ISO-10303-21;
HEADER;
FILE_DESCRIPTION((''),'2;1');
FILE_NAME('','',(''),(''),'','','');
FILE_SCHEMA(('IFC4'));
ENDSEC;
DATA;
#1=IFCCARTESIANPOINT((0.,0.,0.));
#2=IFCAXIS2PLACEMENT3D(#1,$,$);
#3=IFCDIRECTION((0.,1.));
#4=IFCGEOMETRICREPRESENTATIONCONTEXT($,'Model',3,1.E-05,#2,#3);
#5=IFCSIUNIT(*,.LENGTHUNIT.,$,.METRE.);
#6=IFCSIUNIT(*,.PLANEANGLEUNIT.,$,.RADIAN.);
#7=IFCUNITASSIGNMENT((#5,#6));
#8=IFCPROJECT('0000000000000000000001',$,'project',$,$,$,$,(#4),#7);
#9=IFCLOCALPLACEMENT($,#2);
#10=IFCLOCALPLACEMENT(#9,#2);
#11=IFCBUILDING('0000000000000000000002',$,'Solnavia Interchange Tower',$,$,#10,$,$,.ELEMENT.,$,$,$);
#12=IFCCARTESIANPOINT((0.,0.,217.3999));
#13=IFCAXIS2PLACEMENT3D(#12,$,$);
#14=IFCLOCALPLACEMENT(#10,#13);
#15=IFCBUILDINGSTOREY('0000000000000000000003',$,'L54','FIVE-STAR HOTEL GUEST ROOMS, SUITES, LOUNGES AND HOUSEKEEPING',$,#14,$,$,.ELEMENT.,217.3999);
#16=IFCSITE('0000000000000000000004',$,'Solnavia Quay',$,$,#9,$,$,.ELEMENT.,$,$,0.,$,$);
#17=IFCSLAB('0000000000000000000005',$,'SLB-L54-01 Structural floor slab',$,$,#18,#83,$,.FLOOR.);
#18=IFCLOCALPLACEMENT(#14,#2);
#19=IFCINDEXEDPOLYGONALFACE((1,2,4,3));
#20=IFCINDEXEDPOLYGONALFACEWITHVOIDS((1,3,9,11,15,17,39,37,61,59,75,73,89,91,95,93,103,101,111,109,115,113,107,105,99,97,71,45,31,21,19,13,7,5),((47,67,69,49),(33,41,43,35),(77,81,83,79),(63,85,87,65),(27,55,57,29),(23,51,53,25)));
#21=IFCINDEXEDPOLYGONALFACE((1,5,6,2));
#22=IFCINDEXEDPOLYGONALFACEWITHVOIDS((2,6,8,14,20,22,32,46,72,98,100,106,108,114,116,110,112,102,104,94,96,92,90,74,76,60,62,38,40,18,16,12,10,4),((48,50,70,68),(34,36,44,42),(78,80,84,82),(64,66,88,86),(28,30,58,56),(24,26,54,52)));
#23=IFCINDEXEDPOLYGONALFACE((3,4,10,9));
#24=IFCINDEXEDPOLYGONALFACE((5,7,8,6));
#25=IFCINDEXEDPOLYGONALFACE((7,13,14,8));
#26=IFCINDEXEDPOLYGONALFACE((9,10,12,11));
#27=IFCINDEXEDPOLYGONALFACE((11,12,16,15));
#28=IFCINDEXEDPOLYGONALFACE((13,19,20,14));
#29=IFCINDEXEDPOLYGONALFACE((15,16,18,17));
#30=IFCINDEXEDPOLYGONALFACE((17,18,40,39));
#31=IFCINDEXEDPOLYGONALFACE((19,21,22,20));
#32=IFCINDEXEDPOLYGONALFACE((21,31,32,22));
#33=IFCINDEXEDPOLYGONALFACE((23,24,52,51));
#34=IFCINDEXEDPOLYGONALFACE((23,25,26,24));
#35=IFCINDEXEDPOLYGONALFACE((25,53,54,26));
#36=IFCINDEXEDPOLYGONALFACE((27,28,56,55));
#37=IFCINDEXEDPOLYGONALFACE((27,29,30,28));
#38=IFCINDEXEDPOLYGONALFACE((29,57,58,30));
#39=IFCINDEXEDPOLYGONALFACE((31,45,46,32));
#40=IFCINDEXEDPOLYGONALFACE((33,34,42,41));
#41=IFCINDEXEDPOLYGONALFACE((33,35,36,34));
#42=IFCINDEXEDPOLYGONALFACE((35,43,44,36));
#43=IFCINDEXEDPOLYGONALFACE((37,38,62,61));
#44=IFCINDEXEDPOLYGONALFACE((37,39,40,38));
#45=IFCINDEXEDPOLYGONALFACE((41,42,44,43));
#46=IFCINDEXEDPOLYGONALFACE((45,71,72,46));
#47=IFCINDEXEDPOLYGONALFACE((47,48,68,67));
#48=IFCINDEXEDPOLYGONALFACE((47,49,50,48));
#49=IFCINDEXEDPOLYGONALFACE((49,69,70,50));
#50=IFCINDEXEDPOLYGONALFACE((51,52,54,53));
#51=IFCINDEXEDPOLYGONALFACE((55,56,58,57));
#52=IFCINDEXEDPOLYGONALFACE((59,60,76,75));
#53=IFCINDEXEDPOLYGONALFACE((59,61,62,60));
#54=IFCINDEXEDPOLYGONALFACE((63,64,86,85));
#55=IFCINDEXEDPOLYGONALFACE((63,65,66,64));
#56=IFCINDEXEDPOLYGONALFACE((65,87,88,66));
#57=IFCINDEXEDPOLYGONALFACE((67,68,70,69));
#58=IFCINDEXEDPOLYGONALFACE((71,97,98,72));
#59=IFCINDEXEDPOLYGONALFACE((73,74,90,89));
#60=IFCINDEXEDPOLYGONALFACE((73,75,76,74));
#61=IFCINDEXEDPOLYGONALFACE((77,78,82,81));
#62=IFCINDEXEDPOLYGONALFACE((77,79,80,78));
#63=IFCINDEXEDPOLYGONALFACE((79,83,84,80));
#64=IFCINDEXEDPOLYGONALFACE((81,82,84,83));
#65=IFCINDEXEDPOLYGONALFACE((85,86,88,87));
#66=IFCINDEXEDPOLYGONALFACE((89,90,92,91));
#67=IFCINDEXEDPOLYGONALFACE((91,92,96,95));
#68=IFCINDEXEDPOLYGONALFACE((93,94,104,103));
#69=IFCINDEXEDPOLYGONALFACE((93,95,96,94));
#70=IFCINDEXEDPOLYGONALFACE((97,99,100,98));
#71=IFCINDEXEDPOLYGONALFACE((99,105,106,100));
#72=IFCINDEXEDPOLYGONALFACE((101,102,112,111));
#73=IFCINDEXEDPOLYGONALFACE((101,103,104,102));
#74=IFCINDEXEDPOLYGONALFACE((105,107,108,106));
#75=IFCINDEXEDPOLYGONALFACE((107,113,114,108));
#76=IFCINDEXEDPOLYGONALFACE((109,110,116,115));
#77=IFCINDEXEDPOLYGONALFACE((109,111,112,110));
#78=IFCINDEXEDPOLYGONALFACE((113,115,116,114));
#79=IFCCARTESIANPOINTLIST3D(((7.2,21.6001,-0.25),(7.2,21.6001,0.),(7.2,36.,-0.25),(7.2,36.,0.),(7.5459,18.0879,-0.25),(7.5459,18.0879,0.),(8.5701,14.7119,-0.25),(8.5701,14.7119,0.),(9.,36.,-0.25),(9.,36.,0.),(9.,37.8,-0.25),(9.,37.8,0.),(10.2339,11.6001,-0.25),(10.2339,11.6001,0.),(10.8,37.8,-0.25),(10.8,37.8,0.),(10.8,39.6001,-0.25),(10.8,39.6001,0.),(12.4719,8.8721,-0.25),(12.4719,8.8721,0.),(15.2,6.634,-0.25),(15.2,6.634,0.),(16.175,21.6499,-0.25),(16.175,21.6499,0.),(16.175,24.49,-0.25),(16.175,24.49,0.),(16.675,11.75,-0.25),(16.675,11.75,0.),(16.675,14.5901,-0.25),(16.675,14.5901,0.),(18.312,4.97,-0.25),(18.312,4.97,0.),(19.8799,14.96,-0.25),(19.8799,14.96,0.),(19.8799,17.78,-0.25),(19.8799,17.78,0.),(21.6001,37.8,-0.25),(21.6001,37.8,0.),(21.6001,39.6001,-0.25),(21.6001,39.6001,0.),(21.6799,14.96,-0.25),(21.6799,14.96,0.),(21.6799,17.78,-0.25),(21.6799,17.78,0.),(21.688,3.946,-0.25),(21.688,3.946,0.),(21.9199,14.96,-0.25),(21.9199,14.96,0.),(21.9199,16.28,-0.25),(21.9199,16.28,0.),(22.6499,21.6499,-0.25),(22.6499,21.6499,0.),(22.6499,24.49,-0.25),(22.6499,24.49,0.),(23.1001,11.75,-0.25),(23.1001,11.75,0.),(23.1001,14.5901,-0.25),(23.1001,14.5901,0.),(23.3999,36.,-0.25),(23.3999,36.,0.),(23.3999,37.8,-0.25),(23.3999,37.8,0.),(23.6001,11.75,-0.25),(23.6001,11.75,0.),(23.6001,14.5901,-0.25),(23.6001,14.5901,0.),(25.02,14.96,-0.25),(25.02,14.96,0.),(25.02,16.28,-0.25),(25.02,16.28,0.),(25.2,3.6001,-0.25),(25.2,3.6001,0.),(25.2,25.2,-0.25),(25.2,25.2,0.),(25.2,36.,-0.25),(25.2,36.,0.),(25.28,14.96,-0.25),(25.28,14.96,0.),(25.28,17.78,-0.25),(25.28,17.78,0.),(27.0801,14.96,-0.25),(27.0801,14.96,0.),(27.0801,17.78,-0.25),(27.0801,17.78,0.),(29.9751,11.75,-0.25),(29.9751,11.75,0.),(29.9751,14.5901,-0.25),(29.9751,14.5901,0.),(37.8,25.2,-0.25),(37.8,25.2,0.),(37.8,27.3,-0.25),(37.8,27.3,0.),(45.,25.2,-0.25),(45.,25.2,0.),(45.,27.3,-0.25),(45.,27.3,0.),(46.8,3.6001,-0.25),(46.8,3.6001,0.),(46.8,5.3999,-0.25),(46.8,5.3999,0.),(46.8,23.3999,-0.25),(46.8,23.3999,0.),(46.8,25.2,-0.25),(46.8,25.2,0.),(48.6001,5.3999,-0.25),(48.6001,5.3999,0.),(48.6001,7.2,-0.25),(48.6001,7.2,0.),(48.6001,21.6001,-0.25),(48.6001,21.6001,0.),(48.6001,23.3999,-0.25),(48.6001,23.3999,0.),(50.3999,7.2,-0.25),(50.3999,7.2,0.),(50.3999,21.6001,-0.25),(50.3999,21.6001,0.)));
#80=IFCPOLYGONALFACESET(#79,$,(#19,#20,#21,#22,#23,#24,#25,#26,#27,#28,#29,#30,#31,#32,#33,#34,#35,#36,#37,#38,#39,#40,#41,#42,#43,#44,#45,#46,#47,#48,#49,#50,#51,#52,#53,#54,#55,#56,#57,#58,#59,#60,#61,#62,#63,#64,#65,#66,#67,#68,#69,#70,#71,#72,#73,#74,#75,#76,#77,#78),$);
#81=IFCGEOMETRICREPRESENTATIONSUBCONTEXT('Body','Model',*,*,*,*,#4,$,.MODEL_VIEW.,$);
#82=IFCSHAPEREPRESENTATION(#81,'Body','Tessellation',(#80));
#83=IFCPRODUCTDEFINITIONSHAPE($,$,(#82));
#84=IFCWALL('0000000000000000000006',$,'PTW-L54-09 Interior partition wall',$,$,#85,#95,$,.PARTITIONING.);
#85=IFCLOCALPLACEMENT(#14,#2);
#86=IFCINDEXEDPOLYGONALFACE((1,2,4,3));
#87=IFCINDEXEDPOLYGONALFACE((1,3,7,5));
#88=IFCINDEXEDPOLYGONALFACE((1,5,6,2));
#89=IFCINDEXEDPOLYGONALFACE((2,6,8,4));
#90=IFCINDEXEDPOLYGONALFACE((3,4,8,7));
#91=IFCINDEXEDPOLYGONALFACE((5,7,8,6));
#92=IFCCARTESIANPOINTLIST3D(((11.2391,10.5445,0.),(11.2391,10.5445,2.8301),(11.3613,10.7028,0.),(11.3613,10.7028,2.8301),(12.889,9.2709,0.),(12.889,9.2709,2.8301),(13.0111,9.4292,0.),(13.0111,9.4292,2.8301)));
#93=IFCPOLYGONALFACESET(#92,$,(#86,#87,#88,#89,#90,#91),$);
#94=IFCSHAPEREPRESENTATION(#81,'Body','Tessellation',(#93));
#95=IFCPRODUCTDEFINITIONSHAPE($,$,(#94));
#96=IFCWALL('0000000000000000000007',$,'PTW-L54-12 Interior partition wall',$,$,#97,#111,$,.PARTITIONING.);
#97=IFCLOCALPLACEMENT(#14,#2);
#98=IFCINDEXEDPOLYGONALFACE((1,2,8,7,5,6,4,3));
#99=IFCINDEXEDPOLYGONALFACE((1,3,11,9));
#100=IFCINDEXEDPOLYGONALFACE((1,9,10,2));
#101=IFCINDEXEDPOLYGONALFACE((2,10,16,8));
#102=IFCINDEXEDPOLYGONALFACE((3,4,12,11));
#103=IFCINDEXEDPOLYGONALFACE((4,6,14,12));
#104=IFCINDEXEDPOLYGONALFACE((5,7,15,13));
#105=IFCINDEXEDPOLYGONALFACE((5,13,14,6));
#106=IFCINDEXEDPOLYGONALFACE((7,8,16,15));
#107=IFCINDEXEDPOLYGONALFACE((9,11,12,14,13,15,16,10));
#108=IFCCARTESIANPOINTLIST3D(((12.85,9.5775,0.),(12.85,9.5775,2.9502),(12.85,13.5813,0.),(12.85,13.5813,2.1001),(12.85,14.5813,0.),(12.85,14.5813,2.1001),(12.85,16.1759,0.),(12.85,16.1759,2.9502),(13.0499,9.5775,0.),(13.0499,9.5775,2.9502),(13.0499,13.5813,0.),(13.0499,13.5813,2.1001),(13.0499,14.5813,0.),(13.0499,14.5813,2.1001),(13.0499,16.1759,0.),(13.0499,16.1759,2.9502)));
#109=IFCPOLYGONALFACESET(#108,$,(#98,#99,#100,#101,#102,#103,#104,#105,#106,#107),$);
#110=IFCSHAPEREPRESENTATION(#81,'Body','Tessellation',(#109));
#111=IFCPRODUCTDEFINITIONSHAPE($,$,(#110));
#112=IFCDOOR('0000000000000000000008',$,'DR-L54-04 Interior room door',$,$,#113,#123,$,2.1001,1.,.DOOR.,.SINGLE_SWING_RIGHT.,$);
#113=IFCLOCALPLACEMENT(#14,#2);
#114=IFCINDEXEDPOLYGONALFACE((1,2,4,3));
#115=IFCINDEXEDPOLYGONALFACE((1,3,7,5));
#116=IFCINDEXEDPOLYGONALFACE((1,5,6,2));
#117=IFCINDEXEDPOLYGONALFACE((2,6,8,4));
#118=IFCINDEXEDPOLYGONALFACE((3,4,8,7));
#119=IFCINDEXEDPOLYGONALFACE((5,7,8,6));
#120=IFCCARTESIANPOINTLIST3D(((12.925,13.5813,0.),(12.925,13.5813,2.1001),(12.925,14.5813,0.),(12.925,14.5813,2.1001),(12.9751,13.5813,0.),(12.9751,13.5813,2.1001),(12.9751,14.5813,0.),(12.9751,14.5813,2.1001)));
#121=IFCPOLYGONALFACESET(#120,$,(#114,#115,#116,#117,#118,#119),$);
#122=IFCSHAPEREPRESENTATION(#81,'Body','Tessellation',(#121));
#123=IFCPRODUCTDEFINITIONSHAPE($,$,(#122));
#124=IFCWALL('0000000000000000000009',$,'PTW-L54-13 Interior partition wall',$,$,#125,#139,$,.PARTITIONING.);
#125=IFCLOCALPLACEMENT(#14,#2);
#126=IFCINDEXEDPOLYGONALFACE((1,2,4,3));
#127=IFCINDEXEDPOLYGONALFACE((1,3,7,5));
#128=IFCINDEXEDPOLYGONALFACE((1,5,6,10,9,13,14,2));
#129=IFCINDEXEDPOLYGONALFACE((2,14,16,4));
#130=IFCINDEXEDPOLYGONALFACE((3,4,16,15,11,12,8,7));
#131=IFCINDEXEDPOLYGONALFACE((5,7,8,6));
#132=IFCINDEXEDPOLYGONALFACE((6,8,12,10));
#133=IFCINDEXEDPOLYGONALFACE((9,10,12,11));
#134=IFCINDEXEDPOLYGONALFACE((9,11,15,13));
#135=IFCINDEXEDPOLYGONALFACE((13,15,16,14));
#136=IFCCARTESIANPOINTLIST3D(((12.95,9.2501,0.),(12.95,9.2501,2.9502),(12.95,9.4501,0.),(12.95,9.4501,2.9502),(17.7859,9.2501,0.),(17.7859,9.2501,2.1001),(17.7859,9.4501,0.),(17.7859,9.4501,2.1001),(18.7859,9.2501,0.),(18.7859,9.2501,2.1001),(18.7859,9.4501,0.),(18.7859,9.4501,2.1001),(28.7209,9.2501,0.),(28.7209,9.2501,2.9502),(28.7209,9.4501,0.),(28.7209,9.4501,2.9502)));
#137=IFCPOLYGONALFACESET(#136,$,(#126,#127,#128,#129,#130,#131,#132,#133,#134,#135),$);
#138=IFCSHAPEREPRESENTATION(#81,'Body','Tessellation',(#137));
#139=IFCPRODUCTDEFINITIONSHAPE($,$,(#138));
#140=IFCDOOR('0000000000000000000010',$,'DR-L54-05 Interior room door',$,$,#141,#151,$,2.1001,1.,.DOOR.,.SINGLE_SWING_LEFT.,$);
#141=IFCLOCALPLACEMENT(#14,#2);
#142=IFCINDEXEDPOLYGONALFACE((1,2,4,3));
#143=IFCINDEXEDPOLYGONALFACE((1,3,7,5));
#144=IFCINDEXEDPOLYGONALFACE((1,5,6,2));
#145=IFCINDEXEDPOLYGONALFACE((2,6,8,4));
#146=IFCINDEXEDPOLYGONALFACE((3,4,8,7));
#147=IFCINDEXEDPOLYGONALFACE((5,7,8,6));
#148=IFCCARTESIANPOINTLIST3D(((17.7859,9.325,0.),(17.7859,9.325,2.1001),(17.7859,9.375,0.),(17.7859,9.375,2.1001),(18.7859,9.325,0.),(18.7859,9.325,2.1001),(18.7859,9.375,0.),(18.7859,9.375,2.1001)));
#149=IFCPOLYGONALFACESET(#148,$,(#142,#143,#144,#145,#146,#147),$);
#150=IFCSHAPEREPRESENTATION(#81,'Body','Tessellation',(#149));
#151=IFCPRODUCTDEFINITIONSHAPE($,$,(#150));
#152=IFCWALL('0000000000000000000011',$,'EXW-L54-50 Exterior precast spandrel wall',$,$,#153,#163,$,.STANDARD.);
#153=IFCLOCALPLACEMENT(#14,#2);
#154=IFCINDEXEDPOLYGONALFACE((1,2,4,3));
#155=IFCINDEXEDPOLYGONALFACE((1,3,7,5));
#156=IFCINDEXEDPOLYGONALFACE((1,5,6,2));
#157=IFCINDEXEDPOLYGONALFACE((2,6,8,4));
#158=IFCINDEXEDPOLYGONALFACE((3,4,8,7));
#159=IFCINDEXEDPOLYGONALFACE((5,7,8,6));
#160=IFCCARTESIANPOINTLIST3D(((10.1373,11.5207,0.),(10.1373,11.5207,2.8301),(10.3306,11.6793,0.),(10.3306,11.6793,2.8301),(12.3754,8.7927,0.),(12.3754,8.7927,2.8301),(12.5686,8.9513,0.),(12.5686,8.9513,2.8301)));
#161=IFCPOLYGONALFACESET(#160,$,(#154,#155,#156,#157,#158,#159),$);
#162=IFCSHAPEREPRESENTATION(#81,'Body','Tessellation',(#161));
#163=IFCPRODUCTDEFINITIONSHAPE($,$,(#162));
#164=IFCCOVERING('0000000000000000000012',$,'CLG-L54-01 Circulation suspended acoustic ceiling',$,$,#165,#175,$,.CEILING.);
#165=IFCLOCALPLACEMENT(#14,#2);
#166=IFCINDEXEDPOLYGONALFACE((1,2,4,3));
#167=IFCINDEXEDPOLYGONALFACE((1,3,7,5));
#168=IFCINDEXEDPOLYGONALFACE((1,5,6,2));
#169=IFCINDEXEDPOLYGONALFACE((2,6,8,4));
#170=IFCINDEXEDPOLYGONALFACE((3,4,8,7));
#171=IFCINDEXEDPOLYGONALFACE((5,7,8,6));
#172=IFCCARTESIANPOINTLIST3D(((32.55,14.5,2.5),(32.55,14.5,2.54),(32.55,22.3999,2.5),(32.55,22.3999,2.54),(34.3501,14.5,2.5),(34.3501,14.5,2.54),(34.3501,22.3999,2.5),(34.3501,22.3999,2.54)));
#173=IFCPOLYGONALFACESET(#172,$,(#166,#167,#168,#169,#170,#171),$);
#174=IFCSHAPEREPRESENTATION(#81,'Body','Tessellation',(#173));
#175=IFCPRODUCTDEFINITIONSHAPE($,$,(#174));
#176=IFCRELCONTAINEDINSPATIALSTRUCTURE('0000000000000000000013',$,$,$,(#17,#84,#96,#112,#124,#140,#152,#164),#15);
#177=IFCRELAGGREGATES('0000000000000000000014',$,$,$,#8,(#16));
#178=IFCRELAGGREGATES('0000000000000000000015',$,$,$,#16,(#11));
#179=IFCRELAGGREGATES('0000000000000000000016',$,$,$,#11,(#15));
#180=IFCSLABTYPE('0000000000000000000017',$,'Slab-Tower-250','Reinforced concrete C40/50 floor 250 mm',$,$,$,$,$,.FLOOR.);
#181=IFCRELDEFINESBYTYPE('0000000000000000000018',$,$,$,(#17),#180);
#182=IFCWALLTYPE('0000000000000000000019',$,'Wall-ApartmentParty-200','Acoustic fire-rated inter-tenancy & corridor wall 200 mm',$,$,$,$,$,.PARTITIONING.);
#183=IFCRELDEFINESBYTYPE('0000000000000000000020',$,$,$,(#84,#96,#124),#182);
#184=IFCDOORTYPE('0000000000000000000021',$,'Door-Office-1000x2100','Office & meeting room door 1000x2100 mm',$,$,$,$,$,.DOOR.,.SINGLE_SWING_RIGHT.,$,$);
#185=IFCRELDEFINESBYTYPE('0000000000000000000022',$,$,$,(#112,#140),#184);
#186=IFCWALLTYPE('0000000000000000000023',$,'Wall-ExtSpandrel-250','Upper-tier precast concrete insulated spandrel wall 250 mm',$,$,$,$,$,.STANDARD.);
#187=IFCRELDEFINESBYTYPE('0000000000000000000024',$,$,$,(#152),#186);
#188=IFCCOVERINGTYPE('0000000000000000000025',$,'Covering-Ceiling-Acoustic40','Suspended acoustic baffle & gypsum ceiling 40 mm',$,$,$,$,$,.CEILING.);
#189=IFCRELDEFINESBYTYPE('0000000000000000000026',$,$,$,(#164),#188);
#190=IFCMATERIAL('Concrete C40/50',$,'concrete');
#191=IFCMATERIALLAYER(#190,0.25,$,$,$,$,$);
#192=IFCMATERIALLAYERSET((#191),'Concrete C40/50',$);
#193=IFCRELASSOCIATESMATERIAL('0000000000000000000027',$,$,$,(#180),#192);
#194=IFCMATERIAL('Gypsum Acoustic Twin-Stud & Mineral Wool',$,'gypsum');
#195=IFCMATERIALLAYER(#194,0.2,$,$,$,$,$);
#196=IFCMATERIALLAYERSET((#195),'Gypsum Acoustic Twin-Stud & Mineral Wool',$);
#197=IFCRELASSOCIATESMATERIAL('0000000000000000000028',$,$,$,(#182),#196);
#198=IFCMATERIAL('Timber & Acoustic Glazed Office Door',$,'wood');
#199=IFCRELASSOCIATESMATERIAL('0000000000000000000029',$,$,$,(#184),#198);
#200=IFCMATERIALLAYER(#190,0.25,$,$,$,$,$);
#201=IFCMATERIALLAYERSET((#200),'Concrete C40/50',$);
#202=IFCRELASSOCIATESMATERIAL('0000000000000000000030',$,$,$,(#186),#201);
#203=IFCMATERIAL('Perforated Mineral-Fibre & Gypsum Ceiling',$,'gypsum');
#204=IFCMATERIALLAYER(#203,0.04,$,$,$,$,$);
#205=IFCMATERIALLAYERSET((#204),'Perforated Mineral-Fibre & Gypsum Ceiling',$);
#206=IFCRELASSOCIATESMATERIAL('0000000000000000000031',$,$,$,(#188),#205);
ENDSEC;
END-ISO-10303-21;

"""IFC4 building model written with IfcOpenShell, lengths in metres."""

from ifc_helpers import new_model, si_unit, direction, frame, frame_2d, origin, place, context, subcontext, project, spatial, polyline, rectangle, outline, extrude, material, layer, layer_set, type_object, element, fill, save


model = new_model("IFC4")

# Units and contexts
model_context = context("Model", 3, precision=1e-05, world=origin(), true_north=direction((0.0, 1.0)))
body_context = subcontext(model_context, "Body", "Model", "MODEL_VIEW")
ifc_project = project(units=[si_unit("LENGTHUNIT", "METRE"), si_unit("PLANEANGLEUNIT", "RADIAN")], contexts=[model_context])

# Site, building, storey
site_placement = place(None, origin())
site = spatial("IfcSite", under=ifc_project, at=site_placement, Name="Solnavia Quay", CompositionType="ELEMENT", RefElevation=0.0)
building_placement = place(site_placement, origin())
building = spatial("IfcBuilding", under=site, at=building_placement, Name="Solnavia Interchange Tower", CompositionType="ELEMENT")
storey_placement = place(building_placement, frame((0.0, 0.0, 217.3999)))
storey = spatial("IfcBuildingStorey", under=building, at=storey_placement, Name="L54", Description="FIVE-STAR HOTEL GUEST ROOMS, SUITES, LOUNGES AND HOUSEKEEPING", CompositionType="ELEMENT", Elevation=217.3999)

# Shared definitions
ifc_material_1 = material(Name="Concrete C40/50", Category="concrete")

# Slab
ifc_layer_1 = layer(ifc_material_1, 0.25)
ifc_layer_set_1 = layer_set([ifc_layer_1], Name="Concrete C40/50")
slab_type_1 = type_object("IfcSlabType", Name="Slab-Tower-250", Description="Reinforced concrete C40/50 floor 250 mm", PredefinedType="FLOOR", material=ifc_layer_set_1)
slab_1_placement = place(storey_placement, frame((0.0, 0.0, -0.25)))
element("IfcSlab", 1, at=slab_1_placement, inside=storey, type_object=slab_type_1, Name="SLB-L54-01 Structural floor slab", PredefinedType="FLOOR", context=body_context, shape_type="SweptSolid", body=[
    extrude(outline(polyline([(25.2, 3.6001), (46.8, 3.6001), (46.8, 5.3999), (48.6001, 5.3999), (48.6001, 7.2), (50.3999, 7.2), (50.3999, 21.6001), (48.6001, 21.6001), (48.6001, 23.3999), (46.8, 23.3999), (46.8, 25.2), (45.0, 25.2), (45.0, 27.3), (37.8, 27.3), (37.8, 25.2), (25.2, 25.2), (25.2, 36.0), (23.3999, 36.0), (23.3999, 37.8), (21.6001, 37.8), (21.6001, 39.6001), (10.8, 39.6001), (10.8, 37.8), (9.0, 37.8), (9.0, 36.0), (7.2, 36.0), (7.2, 21.6001), (7.5459, 18.0879), (8.5701, 14.7119), (10.2339, 11.6001), (12.4719, 8.8721), (15.2, 6.634), (18.312, 4.97), (21.688, 3.946), (25.2, 3.6001)]), holes=[polyline([(16.675, 11.75), (23.1001, 11.75), (23.1001, 14.5901), (16.675, 14.5901), (16.675, 11.75)]), polyline([(23.6001, 11.75), (29.9751, 11.75), (29.9751, 14.5901), (23.6001, 14.5901), (23.6001, 11.75)]), polyline([(16.175, 21.6499), (22.6499, 21.6499), (22.6499, 24.49), (16.175, 24.49), (16.175, 21.6499)]), polyline([(19.8799, 14.96), (21.6799, 14.96), (21.6799, 17.78), (19.8799, 17.78), (19.8799, 14.96)]), polyline([(25.28, 14.96), (27.0801, 14.96), (27.0801, 17.78), (25.28, 17.78), (25.28, 14.96)]), polyline([(21.9199, 14.96), (25.02, 14.96), (25.02, 16.28), (21.9199, 16.28), (21.9199, 14.96)])]), origin(), (0.0, 0.0, 1.0), 0.25),
])

# Wall
ifc_material_2 = material(Name="Gypsum Acoustic Twin-Stud & Mineral Wool", Category="gypsum")
ifc_layer_2 = layer(ifc_material_2, 0.2)
ifc_layer_set_2 = layer_set([ifc_layer_2], Name="Gypsum Acoustic Twin-Stud & Mineral Wool")
wall_type_1 = type_object("IfcWallType", Name="Wall-ApartmentParty-200", Description="Acoustic fire-rated inter-tenancy & corridor wall 200 mm", PredefinedType="PARTITIONING", material=ifc_layer_set_2)
wall_1_placement = place(storey_placement, frame((12.95, 9.3501, 0.0), z_axis=(0.0, 0.0, 1.0), x_axis=(-0.791573, 0.611074, 0.0)))
element("IfcWall", 2, at=wall_1_placement, inside=storey, type_object=wall_type_1, Name="PTW-L54-09 Interior partition wall", PredefinedType="PARTITIONING", context=body_context, shape_type="SweptSolid", body=[
    extrude(rectangle(XDim=2.0842, YDim=0.2, at=frame_2d((1.042, 0.0))), origin(), (0.0, 0.0, 1.0), 2.8301),
])

# Walls, openings, doors
wall_2_placement = place(storey_placement, frame((12.95, 9.5774, 0.0), z_axis=(0.0, 0.0, 1.0), x_axis=(0.0, 1.0, 0.0)))
wall_2 = element("IfcWall", 3, at=wall_2_placement, inside=storey, type_object=wall_type_1, Name="PTW-L54-12 Interior partition wall", PredefinedType="PARTITIONING", context=body_context, shape_type="SweptSolid", body=[
    extrude(rectangle(XDim=6.5984, YDim=0.2, at=frame_2d((3.2993, 0.0))), origin(), (0.0, 0.0, 1.0), 2.9502),
])
opening_1_placement = place(wall_2_placement, frame((4.0039, 0.0, 0.0)))
opening_1 = element("IfcOpeningElement", 4, at=opening_1_placement, cuts=wall_2, PredefinedType="OPENING", context=body_context, shape_type="SweptSolid", body=[
    extrude(rectangle(XDim=1.0, YDim=2.1001, at=frame_2d((0.5, 1.05))), frame((0.0, 0.1099, 0.0), z_axis=(0.0, -1.0, 0.0), x_axis=(1.0, 0.0, 0.0)), (0.0, 0.0, 1.0), 0.22),
])
ifc_material_3 = material(Name="Timber & Acoustic Glazed Office Door", Category="wood")
door_type = type_object("IfcDoorType", Name="Door-Office-1000x2100", Description="Office & meeting room door 1000x2100 mm", OperationType="SINGLE_SWING_RIGHT", PredefinedType="DOOR", material=ifc_material_3)
door_1_placement = place(opening_1_placement, origin())
door_1 = element("IfcDoor", 5, at=door_1_placement, inside=storey, type_object=door_type, Name="DR-L54-04 Interior room door", OperationType="SINGLE_SWING_RIGHT", OverallHeight=2.1001, OverallWidth=1.0, PredefinedType="DOOR", context=body_context, shape_type="SweptSolid", body=[
    extrude(rectangle(XDim=1.0, YDim=2.1001, at=frame_2d((0.5, 1.05))), frame((0.0, 0.0249, 0.0), z_axis=(0.0, -1.0, 0.0), x_axis=(1.0, 0.0, 0.0)), (0.0, 0.0, 1.0), 0.05),
])
fill(opening_1, door_1)
wall_3_placement = place(storey_placement, frame((12.95, 9.3501, 0.0), z_axis=(0.0, 0.0, 1.0), x_axis=(1.0, 0.0, 0.0)))
wall_3 = element("IfcWall", 6, at=wall_3_placement, inside=storey, type_object=wall_type_1, Name="PTW-L54-13 Interior partition wall", PredefinedType="PARTITIONING", context=body_context, shape_type="SweptSolid", body=[
    extrude(rectangle(XDim=15.771, YDim=0.2, at=frame_2d((7.8855, 0.0))), origin(), (0.0, 0.0, 1.0), 2.9502),
])
opening_2_placement = place(wall_3_placement, frame((4.8359, 0.0, 0.0)))
opening_2 = element("IfcOpeningElement", 7, at=opening_2_placement, cuts=wall_3, PredefinedType="OPENING", context=body_context, shape_type="SweptSolid", body=[
    extrude(rectangle(XDim=1.0, YDim=2.1001, at=frame_2d((0.5, 1.05))), frame((0.0, 0.1099, 0.0), z_axis=(0.0, -1.0, 0.0), x_axis=(1.0, 0.0, 0.0)), (0.0, 0.0, 1.0), 0.22),
])
door_2_placement = place(opening_2_placement, origin())
door_2 = element("IfcDoor", 8, at=door_2_placement, inside=storey, type_object=door_type, Name="DR-L54-05 Interior room door", OperationType="SINGLE_SWING_LEFT", OverallHeight=2.1001, OverallWidth=1.0, PredefinedType="DOOR", context=body_context, shape_type="SweptSolid", body=[
    extrude(rectangle(XDim=1.0, YDim=2.1001, at=frame_2d((0.5, 1.05))), frame((0.0, 0.0249, 0.0), z_axis=(0.0, -1.0, 0.0), x_axis=(1.0, 0.0, 0.0)), (0.0, 0.0, 1.0), 0.05),
])
fill(opening_2, door_2)

# Wall
ifc_layer_3 = layer(ifc_material_1, 0.25)
ifc_layer_set_3 = layer_set([ifc_layer_3], Name="Concrete C40/50")
wall_type_2 = type_object("IfcWallType", Name="Wall-ExtSpandrel-250", Description="Upper-tier precast concrete insulated spandrel wall 250 mm", PredefinedType="STANDARD", material=ifc_layer_set_3)
wall_4_placement = place(storey_placement, frame((12.4719, 8.8721, 0.0), z_axis=(0.0, 0.0, 1.0), x_axis=(-0.634258, 0.773121, 0.0)))
element("IfcWall", 9, at=wall_4_placement, inside=storey, type_object=wall_type_2, Name="EXW-L54-50 Exterior precast spandrel wall", PredefinedType="STANDARD", context=body_context, shape_type="SweptSolid", body=[
    extrude(rectangle(XDim=3.5286, YDim=0.25, at=frame_2d((1.7642, 0.0))), origin(), (0.0, 0.0, 1.0), 2.8301),
])

# Covering
ifc_material_4 = material(Name="Perforated Mineral-Fibre & Gypsum Ceiling", Category="gypsum")
ifc_layer_4 = layer(ifc_material_4, 0.04)
ifc_layer_set_4 = layer_set([ifc_layer_4], Name="Perforated Mineral-Fibre & Gypsum Ceiling")
covering_type_1 = type_object("IfcCoveringType", Name="Covering-Ceiling-Acoustic40", Description="Suspended acoustic baffle & gypsum ceiling 40 mm", PredefinedType="CEILING", material=ifc_layer_set_4)
covering_1_placement = place(storey_placement, frame((0.0, 0.0, 2.5)))
element("IfcCovering", 10, at=covering_1_placement, inside=storey, type_object=covering_type_1, Name="CLG-L54-01 Circulation suspended acoustic ceiling", PredefinedType="CEILING", context=body_context, shape_type="SweptSolid", body=[
    extrude(outline(polyline([(32.55, 14.5), (34.3501, 14.5), (34.3501, 22.3999), (32.55, 22.3999), (32.55, 14.5)])), origin(), (0.0, 0.0, 1.0), 0.04),
])

save(model, "model.ifc")
